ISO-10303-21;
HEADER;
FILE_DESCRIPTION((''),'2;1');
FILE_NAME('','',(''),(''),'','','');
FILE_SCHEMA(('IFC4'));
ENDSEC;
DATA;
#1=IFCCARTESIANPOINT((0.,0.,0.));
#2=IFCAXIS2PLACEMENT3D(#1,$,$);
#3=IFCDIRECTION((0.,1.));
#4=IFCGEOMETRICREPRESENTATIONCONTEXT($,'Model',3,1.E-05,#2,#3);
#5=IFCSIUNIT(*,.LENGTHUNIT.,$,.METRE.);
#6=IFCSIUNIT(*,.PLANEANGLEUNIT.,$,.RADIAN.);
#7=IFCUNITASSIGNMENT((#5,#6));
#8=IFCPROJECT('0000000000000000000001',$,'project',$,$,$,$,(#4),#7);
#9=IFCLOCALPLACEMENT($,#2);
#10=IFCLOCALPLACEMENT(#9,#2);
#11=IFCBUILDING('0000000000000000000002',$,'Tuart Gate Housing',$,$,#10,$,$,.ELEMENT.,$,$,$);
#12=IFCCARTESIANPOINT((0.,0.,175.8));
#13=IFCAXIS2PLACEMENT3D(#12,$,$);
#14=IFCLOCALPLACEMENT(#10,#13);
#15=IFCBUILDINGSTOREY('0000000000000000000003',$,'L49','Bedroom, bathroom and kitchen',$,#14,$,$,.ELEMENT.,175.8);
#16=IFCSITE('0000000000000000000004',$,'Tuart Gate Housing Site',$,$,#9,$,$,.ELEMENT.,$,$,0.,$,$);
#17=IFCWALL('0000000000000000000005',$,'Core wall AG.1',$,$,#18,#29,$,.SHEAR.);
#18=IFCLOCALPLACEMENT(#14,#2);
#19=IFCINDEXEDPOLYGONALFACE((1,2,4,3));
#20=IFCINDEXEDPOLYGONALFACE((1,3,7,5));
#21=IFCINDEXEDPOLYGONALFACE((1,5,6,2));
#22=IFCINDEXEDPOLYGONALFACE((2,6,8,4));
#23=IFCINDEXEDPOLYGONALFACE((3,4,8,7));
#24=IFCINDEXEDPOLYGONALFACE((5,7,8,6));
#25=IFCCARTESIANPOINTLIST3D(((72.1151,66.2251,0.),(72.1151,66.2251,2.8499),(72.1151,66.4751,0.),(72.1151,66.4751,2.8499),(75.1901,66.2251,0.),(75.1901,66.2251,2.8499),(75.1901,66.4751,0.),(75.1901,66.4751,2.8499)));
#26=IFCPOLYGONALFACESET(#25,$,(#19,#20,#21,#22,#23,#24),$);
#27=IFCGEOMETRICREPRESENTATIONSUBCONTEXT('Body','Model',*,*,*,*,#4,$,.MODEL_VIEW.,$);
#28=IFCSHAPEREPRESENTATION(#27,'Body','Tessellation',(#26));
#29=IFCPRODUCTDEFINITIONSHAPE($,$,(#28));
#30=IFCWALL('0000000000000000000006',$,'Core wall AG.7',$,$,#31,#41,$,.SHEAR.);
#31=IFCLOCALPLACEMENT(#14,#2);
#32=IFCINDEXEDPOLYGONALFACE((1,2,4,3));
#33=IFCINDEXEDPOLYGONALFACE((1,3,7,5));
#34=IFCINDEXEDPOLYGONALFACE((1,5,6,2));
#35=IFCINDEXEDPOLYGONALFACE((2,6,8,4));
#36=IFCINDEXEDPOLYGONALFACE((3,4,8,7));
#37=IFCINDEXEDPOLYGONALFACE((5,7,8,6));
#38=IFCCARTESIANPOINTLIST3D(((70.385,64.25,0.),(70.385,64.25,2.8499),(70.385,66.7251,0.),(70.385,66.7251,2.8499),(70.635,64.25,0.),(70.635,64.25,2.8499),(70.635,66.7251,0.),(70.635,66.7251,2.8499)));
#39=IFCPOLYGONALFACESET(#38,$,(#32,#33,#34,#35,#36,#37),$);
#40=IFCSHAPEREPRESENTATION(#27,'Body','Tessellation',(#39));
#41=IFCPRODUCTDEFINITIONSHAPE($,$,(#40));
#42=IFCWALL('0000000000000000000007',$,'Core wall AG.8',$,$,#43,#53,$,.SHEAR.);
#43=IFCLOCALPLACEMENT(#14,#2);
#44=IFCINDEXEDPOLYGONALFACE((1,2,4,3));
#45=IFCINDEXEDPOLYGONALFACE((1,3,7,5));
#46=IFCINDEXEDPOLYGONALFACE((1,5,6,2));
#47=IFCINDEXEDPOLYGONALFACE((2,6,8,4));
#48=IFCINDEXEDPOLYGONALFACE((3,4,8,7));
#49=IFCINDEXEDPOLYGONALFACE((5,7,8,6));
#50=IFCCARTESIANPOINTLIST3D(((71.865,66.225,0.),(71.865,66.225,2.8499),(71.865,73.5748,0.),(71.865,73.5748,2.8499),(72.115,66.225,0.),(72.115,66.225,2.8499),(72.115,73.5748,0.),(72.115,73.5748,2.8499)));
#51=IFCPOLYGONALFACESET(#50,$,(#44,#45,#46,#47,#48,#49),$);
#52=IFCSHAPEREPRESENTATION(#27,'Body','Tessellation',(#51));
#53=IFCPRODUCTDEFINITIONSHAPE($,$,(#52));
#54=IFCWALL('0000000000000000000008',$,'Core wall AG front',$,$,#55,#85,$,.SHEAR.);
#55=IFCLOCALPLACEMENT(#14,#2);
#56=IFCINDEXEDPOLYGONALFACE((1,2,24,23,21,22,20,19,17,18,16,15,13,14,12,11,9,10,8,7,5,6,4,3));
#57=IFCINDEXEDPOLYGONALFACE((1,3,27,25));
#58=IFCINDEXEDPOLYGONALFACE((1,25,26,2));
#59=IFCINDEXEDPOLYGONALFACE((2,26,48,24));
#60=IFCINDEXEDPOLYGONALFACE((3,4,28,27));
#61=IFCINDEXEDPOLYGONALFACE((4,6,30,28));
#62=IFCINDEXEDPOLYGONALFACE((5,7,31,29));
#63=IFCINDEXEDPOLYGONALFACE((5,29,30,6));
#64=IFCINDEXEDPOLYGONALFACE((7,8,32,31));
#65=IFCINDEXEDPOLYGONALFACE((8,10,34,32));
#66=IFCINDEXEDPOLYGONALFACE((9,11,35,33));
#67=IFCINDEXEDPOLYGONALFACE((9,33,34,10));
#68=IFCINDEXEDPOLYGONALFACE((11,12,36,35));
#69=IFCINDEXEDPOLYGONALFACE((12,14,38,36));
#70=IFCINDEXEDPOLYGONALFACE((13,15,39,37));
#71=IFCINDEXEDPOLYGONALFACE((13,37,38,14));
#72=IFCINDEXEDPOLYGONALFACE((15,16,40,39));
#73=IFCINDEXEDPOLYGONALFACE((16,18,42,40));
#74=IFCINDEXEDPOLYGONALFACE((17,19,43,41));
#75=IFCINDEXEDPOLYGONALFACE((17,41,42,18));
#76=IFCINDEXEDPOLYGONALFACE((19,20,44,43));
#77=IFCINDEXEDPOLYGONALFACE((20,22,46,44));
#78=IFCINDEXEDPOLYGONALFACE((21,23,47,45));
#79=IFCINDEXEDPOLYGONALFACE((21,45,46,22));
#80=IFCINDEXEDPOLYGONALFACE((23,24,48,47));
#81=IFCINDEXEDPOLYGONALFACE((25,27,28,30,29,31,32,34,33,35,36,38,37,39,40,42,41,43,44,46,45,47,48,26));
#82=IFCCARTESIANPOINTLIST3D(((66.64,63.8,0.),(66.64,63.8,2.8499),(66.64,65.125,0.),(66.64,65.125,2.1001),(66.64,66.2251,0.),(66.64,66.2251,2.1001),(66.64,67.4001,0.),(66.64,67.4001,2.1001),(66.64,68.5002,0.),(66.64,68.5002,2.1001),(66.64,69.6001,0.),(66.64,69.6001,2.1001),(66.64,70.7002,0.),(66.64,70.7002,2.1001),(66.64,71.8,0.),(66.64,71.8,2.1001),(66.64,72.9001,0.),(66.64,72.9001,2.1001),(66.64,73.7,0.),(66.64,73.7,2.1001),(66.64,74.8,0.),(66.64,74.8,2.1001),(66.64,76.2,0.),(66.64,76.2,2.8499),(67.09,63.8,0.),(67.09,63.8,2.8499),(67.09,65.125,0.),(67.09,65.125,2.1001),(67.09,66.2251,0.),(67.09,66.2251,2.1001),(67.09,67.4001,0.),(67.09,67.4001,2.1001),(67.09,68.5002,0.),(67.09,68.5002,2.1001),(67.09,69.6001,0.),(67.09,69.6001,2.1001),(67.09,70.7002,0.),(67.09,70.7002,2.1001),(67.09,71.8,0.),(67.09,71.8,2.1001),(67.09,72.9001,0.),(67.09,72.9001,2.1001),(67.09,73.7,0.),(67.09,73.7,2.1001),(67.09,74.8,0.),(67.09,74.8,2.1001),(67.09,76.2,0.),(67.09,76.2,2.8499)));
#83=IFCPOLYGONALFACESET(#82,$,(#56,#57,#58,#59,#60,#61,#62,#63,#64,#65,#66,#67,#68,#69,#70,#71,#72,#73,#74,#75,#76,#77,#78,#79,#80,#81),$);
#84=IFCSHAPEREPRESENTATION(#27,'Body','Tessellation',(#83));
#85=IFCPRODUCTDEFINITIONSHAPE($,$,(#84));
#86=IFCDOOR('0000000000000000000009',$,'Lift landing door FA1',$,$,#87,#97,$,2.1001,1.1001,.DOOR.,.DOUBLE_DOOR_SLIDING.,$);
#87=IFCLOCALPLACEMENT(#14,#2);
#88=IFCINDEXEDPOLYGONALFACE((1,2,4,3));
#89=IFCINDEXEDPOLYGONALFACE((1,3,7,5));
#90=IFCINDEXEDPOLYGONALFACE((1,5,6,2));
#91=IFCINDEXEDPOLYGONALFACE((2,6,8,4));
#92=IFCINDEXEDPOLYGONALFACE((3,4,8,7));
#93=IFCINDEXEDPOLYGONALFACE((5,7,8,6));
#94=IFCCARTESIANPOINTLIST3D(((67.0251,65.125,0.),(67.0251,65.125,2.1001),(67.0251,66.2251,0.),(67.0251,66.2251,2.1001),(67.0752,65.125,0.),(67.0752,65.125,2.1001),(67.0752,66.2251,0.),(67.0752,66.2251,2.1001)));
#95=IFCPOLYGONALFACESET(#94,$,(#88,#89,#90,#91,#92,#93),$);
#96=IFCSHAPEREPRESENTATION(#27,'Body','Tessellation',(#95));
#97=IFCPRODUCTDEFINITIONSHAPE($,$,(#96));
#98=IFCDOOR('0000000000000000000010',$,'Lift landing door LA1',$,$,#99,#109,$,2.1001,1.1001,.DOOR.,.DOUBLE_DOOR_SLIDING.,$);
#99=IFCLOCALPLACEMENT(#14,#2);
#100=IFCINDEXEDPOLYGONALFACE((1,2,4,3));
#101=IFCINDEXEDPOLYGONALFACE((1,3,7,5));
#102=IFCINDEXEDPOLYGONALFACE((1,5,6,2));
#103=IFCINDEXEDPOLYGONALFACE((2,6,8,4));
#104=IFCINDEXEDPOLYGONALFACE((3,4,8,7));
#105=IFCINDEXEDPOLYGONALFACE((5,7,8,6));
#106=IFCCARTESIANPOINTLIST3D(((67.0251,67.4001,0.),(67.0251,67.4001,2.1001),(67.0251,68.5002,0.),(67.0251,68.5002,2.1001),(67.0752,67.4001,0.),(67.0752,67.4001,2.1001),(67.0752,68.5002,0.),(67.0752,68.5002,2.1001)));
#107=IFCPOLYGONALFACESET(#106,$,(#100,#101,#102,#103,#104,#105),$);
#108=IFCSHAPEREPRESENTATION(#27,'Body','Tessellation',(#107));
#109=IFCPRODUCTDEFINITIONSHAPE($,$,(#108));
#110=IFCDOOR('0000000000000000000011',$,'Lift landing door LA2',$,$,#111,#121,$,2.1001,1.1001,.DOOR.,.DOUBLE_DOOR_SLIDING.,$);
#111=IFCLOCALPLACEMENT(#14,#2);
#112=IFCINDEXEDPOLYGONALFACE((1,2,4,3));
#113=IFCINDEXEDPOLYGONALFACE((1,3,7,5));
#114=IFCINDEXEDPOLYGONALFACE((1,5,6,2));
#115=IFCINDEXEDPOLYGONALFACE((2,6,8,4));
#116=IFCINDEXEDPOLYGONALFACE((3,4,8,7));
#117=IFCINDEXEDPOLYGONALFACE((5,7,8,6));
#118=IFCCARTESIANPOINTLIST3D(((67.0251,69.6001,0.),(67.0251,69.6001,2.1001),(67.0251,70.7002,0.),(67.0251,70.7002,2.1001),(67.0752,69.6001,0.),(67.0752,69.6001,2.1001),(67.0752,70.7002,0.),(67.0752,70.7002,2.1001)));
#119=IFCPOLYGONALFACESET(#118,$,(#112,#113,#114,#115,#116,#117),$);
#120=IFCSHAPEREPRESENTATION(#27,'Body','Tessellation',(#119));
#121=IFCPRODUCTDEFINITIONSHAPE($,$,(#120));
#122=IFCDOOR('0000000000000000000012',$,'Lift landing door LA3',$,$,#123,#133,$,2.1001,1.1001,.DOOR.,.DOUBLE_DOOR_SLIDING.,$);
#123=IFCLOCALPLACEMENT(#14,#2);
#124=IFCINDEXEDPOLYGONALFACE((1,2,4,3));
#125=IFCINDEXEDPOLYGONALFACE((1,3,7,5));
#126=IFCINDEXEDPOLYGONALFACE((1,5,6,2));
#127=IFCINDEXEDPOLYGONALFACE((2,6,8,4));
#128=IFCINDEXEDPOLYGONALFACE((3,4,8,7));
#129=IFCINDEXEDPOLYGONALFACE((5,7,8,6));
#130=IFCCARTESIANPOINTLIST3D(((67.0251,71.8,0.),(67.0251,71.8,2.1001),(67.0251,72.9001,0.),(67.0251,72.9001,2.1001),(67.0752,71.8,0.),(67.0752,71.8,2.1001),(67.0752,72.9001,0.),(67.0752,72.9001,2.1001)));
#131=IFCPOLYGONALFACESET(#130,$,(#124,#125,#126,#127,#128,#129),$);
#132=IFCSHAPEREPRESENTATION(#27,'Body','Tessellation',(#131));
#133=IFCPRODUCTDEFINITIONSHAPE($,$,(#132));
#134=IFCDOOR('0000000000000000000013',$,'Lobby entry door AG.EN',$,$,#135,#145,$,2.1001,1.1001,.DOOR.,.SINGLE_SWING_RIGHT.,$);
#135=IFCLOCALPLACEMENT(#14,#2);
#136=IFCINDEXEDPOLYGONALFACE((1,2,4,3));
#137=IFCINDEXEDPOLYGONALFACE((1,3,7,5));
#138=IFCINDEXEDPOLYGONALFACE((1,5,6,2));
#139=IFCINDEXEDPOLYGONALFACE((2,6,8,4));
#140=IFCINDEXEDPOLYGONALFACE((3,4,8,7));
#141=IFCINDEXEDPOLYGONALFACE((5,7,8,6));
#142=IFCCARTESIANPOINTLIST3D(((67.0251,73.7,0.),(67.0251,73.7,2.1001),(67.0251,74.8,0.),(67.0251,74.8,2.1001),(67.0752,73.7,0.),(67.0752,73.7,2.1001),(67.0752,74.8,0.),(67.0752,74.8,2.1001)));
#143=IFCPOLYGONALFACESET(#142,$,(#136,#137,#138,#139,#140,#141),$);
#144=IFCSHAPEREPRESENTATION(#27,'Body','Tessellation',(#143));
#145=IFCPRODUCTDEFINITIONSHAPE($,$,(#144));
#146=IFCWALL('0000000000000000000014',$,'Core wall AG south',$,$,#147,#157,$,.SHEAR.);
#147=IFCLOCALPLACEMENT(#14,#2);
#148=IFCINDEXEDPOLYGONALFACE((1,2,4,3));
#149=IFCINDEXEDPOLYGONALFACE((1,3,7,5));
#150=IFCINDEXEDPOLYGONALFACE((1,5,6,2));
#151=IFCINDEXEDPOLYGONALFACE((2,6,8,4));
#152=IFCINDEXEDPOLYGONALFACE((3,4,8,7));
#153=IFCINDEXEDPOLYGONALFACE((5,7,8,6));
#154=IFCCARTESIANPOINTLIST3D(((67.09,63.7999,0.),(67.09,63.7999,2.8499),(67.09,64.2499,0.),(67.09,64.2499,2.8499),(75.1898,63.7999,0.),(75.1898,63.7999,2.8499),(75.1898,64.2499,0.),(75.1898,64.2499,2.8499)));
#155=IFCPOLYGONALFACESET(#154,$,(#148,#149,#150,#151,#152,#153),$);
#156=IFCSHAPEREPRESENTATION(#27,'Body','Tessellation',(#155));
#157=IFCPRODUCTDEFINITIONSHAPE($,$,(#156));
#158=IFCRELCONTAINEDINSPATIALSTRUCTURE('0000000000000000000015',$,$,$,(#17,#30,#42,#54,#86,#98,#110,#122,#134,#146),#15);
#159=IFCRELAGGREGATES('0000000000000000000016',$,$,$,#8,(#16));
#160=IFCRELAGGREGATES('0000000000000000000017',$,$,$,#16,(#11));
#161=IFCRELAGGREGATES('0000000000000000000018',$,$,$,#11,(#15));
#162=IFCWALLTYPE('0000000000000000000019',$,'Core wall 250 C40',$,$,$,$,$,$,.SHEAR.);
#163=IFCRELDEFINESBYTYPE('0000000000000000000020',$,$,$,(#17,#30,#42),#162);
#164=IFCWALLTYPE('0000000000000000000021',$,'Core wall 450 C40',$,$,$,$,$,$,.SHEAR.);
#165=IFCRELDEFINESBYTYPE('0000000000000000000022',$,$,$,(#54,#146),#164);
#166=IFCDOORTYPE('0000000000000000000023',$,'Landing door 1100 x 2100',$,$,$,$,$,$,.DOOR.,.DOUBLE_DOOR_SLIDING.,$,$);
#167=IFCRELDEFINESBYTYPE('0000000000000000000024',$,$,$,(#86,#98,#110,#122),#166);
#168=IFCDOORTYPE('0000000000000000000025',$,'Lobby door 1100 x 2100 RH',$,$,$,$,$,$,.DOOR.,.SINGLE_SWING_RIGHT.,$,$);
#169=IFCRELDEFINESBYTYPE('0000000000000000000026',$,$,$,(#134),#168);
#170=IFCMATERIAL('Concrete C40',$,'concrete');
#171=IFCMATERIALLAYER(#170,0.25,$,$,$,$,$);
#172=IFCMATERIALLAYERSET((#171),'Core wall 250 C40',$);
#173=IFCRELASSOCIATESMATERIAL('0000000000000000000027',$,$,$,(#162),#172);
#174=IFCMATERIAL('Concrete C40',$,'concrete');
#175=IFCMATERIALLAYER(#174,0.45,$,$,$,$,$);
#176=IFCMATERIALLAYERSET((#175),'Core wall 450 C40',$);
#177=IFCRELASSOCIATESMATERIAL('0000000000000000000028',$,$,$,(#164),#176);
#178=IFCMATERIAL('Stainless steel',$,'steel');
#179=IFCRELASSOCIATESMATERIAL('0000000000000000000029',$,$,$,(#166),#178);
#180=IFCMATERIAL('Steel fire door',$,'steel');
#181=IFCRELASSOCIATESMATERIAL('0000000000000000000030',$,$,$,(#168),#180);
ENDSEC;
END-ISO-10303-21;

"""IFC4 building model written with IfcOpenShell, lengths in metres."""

from ifc_helpers import new_model, si_unit, direction, frame, frame_2d, origin, place, context, subcontext, project, spatial, rectangle, extrude, material, layer, layer_set, type_object, element, fill, save


model = new_model("IFC4")

# Units and contexts
model_context = context("Model", 3, precision=1e-05, world=origin(), true_north=direction((0.0, 1.0)))
body_context = subcontext(model_context, "Body", "Model", "MODEL_VIEW")
ifc_project = project(units=[si_unit("LENGTHUNIT", "METRE"), si_unit("PLANEANGLEUNIT", "RADIAN")], contexts=[model_context])

# Site, building, storey
site_placement = place(None, origin())
site = spatial("IfcSite", under=ifc_project, at=site_placement, Name="Tuart Gate Housing Site", CompositionType="ELEMENT", RefElevation=0.0)
building_placement = place(site_placement, origin())
building = spatial("IfcBuilding", under=site, at=building_placement, Name="Tuart Gate Housing", CompositionType="ELEMENT")
storey_placement = place(building_placement, frame((0.0, 0.0, 175.8)))
storey = spatial("IfcBuildingStorey", under=building, at=storey_placement, Name="L49", Description="Bedroom, bathroom and kitchen", CompositionType="ELEMENT", Elevation=175.8)

# Walls
ifc_material_1 = material(Name="Concrete C40", Category="concrete")
ifc_layer_1 = layer(ifc_material_1, 0.25)
ifc_layer_set_1 = layer_set([ifc_layer_1], Name="Core wall 250 C40")
wall_type_1 = type_object("IfcWallType", Name="Core wall 250 C40", PredefinedType="SHEAR", material=ifc_layer_set_1)
wall_1_placement = place(storey_placement, frame((72.115, 66.3501, 0.0), z_axis=(0.0, 0.0, 1.0), x_axis=(1.0, 0.0, 0.0)))
element("IfcWall", 1, at=wall_1_placement, inside=storey, type_object=wall_type_1, Name="Core wall AG.1", PredefinedType="SHEAR", context=body_context, shape_type="SweptSolid", body=[
    extrude(rectangle(XDim=3.075, YDim=0.25, at=frame_2d((1.5376, 0.0))), origin(), (0.0, 0.0, 1.0), 2.8499),
])
wall_2_placement = place(storey_placement, frame((70.51, 64.25, 0.0), z_axis=(0.0, 0.0, 1.0), x_axis=(0.0, 1.0, 0.0)))
element("IfcWall", 2, at=wall_2_placement, inside=storey, type_object=wall_type_1, Name="Core wall AG.7", PredefinedType="SHEAR", context=body_context, shape_type="SweptSolid", body=[
    extrude(rectangle(XDim=2.4751, YDim=0.25, at=frame_2d((1.2375, 0.0))), origin(), (0.0, 0.0, 1.0), 2.8499),
])
wall_3_placement = place(storey_placement, frame((71.99, 66.2251, 0.0), z_axis=(0.0, 0.0, 1.0), x_axis=(0.0, 1.0, 0.0)))
element("IfcWall", 3, at=wall_3_placement, inside=storey, type_object=wall_type_1, Name="Core wall AG.8", PredefinedType="SHEAR", context=body_context, shape_type="SweptSolid", body=[
    extrude(rectangle(XDim=7.3499, YDim=0.25, at=frame_2d((3.6748, 0.0))), origin(), (0.0, 0.0, 1.0), 2.8499),
])

# Wall, openings, doors
ifc_material_2 = material(Name="Concrete C40", Category="concrete")
ifc_layer_2 = layer(ifc_material_2, 0.45)
ifc_layer_set_2 = layer_set([ifc_layer_2], Name="Core wall 450 C40")
wall_type_2 = type_object("IfcWallType", Name="Core wall 450 C40", PredefinedType="SHEAR", material=ifc_layer_set_2)
wall_4_placement = place(storey_placement, frame((66.865, 63.8, 0.0), z_axis=(0.0, 0.0, 1.0), x_axis=(0.0, 1.0, 0.0)))
wall_4 = element("IfcWall", 4, at=wall_4_placement, inside=storey, type_object=wall_type_2, Name="Core wall AG front", PredefinedType="SHEAR", context=body_context, shape_type="SweptSolid", body=[
    extrude(rectangle(XDim=12.3999, YDim=0.45, at=frame_2d((6.2, 0.0))), origin(), (0.0, 0.0, 1.0), 2.8499),
])
opening_1_placement = place(wall_4_placement, frame((1.325, 0.0, 0.0)))
opening_1 = element("IfcOpeningElement", 5, at=opening_1_placement, cuts=wall_4, PredefinedType="OPENING", context=body_context, shape_type="SweptSolid", body=[
    extrude(rectangle(XDim=1.1001, YDim=2.1001, at=frame_2d((0.55, 1.05))), frame((0.0, 0.2349, 0.0), z_axis=(0.0, -1.0, 0.0), x_axis=(1.0, 0.0, 0.0)), (0.0, 0.0, 1.0), 0.47),
])
opening_2_placement = place(wall_4_placement, frame((3.6001, 0.0, 0.0)))
opening_2 = element("IfcOpeningElement", 6, at=opening_2_placement, cuts=wall_4, PredefinedType="OPENING", context=body_context, shape_type="SweptSolid", body=[
    extrude(rectangle(XDim=1.1001, YDim=2.1001, at=frame_2d((0.55, 1.05))), frame((0.0, 0.2349, 0.0), z_axis=(0.0, -1.0, 0.0), x_axis=(1.0, 0.0, 0.0)), (0.0, 0.0, 1.0), 0.47),
])
opening_3_placement = place(wall_4_placement, frame((5.8, 0.0, 0.0)))
opening_3 = element("IfcOpeningElement", 7, at=opening_3_placement, cuts=wall_4, PredefinedType="OPENING", context=body_context, shape_type="SweptSolid", body=[
    extrude(rectangle(XDim=1.1001, YDim=2.1001, at=frame_2d((0.55, 1.05))), frame((0.0, 0.2349, 0.0), z_axis=(0.0, -1.0, 0.0), x_axis=(1.0, 0.0, 0.0)), (0.0, 0.0, 1.0), 0.47),
])
opening_4_placement = place(wall_4_placement, frame((8.0, 0.0, 0.0)))
opening_4 = element("IfcOpeningElement", 8, at=opening_4_placement, cuts=wall_4, PredefinedType="OPENING", context=body_context, shape_type="SweptSolid", body=[
    extrude(rectangle(XDim=1.1001, YDim=2.1001, at=frame_2d((0.55, 1.05))), frame((0.0, 0.2349, 0.0), z_axis=(0.0, -1.0, 0.0), x_axis=(1.0, 0.0, 0.0)), (0.0, 0.0, 1.0), 0.47),
])
opening_5_placement = place(wall_4_placement, frame((9.8999, 0.0, 0.0)))
opening_5 = element("IfcOpeningElement", 9, at=opening_5_placement, cuts=wall_4, PredefinedType="OPENING", context=body_context, shape_type="SweptSolid", body=[
    extrude(rectangle(XDim=1.1001, YDim=2.1001, at=frame_2d((0.55, 1.05))), frame((0.0, 0.2349, 0.0), z_axis=(0.0, -1.0, 0.0), x_axis=(1.0, 0.0, 0.0)), (0.0, 0.0, 1.0), 0.47),
])
ifc_material_3 = material(Name="Stainless steel", Category="steel")
door_type_1 = type_object("IfcDoorType", Name="Landing door 1100 x 2100", OperationType="DOUBLE_DOOR_SLIDING", PredefinedType="DOOR", material=ifc_material_3)
door_1_placement = place(opening_1_placement, origin())
door_1 = element("IfcDoor", 10, at=door_1_placement, inside=storey, type_object=door_type_1, Name="Lift landing door FA1", OperationType="DOUBLE_DOOR_SLIDING", OverallHeight=2.1001, OverallWidth=1.1001, PredefinedType="DOOR", context=body_context, shape_type="SweptSolid", body=[
    extrude(rectangle(XDim=1.1001, YDim=2.1001, at=frame_2d((0.55, 1.05))), frame((0.0, -0.1602, 0.0), z_axis=(0.0, -1.0, 0.0), x_axis=(1.0, 0.0, 0.0)), (0.0, 0.0, 1.0), 0.05),
])
fill(opening_1, door_1)
door_2_placement = place(opening_2_placement, origin())
door_2 = element("IfcDoor", 11, at=door_2_placement, inside=storey, type_object=door_type_1, Name="Lift landing door LA1", OperationType="DOUBLE_DOOR_SLIDING", OverallHeight=2.1001, OverallWidth=1.1001, PredefinedType="DOOR", context=body_context, shape_type="SweptSolid", body=[
    extrude(rectangle(XDim=1.1001, YDim=2.1001, at=frame_2d((0.55, 1.05))), frame((0.0, -0.1602, 0.0), z_axis=(0.0, -1.0, 0.0), x_axis=(1.0, 0.0, 0.0)), (0.0, 0.0, 1.0), 0.05),
])
fill(opening_2, door_2)
door_3_placement = place(opening_3_placement, origin())
door_3 = element("IfcDoor", 12, at=door_3_placement, inside=storey, type_object=door_type_1, Name="Lift landing door LA2", OperationType="DOUBLE_DOOR_SLIDING", OverallHeight=2.1001, OverallWidth=1.1001, PredefinedType="DOOR", context=body_context, shape_type="SweptSolid", body=[
    extrude(rectangle(XDim=1.1001, YDim=2.1001, at=frame_2d((0.55, 1.05))), frame((0.0, -0.1602, 0.0), z_axis=(0.0, -1.0, 0.0), x_axis=(1.0, 0.0, 0.0)), (0.0, 0.0, 1.0), 0.05),
])
fill(opening_3, door_3)
door_4_placement = place(opening_4_placement, origin())
door_4 = element("IfcDoor", 13, at=door_4_placement, inside=storey, type_object=door_type_1, Name="Lift landing door LA3", OperationType="DOUBLE_DOOR_SLIDING", OverallHeight=2.1001, OverallWidth=1.1001, PredefinedType="DOOR", context=body_context, shape_type="SweptSolid", body=[
    extrude(rectangle(XDim=1.1001, YDim=2.1001, at=frame_2d((0.55, 1.05))), frame((0.0, -0.1602, 0.0), z_axis=(0.0, -1.0, 0.0), x_axis=(1.0, 0.0, 0.0)), (0.0, 0.0, 1.0), 0.05),
])
fill(opening_4, door_4)
ifc_material_4 = material(Name="Steel fire door", Category="steel")
door_type_2 = type_object("IfcDoorType", Name="Lobby door 1100 x 2100 RH", OperationType="SINGLE_SWING_RIGHT", PredefinedType="DOOR", material=ifc_material_4)
door_5_placement = place(opening_5_placement, frame((1.1001, 0.0, 0.0), z_axis=(0.0, 0.0, 1.0), x_axis=(-1.0, 0.0, 0.0)))
door_5 = element("IfcDoor", 14, at=door_5_placement, inside=storey, type_object=door_type_2, Name="Lobby entry door AG.EN", OperationType="SINGLE_SWING_RIGHT", OverallHeight=2.1001, OverallWidth=1.1001, PredefinedType="DOOR", context=body_context, shape_type="SweptSolid", body=[
    extrude(rectangle(XDim=1.1001, YDim=2.1001, at=frame_2d((0.55, 1.05))), frame((0.0, 0.2102, 0.0), z_axis=(0.0, -1.0, 0.0), x_axis=(1.0, 0.0, 0.0)), (0.0, 0.0, 1.0), 0.05),
])
fill(opening_5, door_5)

# Wall
wall_5_placement = place(storey_placement, frame((67.0901, 64.0249, 0.0), z_axis=(0.0, 0.0, 1.0), x_axis=(1.0, 0.0, 0.0)))
element("IfcWall", 15, at=wall_5_placement, inside=storey, type_object=wall_type_2, Name="Core wall AG south", PredefinedType="SHEAR", context=body_context, shape_type="SweptSolid", body=[
    extrude(rectangle(XDim=8.0999, YDim=0.45, at=frame_2d((4.0498, 0.0))), origin(), (0.0, 0.0, 1.0), 2.8499),
])

save(model, "model.ifc")
